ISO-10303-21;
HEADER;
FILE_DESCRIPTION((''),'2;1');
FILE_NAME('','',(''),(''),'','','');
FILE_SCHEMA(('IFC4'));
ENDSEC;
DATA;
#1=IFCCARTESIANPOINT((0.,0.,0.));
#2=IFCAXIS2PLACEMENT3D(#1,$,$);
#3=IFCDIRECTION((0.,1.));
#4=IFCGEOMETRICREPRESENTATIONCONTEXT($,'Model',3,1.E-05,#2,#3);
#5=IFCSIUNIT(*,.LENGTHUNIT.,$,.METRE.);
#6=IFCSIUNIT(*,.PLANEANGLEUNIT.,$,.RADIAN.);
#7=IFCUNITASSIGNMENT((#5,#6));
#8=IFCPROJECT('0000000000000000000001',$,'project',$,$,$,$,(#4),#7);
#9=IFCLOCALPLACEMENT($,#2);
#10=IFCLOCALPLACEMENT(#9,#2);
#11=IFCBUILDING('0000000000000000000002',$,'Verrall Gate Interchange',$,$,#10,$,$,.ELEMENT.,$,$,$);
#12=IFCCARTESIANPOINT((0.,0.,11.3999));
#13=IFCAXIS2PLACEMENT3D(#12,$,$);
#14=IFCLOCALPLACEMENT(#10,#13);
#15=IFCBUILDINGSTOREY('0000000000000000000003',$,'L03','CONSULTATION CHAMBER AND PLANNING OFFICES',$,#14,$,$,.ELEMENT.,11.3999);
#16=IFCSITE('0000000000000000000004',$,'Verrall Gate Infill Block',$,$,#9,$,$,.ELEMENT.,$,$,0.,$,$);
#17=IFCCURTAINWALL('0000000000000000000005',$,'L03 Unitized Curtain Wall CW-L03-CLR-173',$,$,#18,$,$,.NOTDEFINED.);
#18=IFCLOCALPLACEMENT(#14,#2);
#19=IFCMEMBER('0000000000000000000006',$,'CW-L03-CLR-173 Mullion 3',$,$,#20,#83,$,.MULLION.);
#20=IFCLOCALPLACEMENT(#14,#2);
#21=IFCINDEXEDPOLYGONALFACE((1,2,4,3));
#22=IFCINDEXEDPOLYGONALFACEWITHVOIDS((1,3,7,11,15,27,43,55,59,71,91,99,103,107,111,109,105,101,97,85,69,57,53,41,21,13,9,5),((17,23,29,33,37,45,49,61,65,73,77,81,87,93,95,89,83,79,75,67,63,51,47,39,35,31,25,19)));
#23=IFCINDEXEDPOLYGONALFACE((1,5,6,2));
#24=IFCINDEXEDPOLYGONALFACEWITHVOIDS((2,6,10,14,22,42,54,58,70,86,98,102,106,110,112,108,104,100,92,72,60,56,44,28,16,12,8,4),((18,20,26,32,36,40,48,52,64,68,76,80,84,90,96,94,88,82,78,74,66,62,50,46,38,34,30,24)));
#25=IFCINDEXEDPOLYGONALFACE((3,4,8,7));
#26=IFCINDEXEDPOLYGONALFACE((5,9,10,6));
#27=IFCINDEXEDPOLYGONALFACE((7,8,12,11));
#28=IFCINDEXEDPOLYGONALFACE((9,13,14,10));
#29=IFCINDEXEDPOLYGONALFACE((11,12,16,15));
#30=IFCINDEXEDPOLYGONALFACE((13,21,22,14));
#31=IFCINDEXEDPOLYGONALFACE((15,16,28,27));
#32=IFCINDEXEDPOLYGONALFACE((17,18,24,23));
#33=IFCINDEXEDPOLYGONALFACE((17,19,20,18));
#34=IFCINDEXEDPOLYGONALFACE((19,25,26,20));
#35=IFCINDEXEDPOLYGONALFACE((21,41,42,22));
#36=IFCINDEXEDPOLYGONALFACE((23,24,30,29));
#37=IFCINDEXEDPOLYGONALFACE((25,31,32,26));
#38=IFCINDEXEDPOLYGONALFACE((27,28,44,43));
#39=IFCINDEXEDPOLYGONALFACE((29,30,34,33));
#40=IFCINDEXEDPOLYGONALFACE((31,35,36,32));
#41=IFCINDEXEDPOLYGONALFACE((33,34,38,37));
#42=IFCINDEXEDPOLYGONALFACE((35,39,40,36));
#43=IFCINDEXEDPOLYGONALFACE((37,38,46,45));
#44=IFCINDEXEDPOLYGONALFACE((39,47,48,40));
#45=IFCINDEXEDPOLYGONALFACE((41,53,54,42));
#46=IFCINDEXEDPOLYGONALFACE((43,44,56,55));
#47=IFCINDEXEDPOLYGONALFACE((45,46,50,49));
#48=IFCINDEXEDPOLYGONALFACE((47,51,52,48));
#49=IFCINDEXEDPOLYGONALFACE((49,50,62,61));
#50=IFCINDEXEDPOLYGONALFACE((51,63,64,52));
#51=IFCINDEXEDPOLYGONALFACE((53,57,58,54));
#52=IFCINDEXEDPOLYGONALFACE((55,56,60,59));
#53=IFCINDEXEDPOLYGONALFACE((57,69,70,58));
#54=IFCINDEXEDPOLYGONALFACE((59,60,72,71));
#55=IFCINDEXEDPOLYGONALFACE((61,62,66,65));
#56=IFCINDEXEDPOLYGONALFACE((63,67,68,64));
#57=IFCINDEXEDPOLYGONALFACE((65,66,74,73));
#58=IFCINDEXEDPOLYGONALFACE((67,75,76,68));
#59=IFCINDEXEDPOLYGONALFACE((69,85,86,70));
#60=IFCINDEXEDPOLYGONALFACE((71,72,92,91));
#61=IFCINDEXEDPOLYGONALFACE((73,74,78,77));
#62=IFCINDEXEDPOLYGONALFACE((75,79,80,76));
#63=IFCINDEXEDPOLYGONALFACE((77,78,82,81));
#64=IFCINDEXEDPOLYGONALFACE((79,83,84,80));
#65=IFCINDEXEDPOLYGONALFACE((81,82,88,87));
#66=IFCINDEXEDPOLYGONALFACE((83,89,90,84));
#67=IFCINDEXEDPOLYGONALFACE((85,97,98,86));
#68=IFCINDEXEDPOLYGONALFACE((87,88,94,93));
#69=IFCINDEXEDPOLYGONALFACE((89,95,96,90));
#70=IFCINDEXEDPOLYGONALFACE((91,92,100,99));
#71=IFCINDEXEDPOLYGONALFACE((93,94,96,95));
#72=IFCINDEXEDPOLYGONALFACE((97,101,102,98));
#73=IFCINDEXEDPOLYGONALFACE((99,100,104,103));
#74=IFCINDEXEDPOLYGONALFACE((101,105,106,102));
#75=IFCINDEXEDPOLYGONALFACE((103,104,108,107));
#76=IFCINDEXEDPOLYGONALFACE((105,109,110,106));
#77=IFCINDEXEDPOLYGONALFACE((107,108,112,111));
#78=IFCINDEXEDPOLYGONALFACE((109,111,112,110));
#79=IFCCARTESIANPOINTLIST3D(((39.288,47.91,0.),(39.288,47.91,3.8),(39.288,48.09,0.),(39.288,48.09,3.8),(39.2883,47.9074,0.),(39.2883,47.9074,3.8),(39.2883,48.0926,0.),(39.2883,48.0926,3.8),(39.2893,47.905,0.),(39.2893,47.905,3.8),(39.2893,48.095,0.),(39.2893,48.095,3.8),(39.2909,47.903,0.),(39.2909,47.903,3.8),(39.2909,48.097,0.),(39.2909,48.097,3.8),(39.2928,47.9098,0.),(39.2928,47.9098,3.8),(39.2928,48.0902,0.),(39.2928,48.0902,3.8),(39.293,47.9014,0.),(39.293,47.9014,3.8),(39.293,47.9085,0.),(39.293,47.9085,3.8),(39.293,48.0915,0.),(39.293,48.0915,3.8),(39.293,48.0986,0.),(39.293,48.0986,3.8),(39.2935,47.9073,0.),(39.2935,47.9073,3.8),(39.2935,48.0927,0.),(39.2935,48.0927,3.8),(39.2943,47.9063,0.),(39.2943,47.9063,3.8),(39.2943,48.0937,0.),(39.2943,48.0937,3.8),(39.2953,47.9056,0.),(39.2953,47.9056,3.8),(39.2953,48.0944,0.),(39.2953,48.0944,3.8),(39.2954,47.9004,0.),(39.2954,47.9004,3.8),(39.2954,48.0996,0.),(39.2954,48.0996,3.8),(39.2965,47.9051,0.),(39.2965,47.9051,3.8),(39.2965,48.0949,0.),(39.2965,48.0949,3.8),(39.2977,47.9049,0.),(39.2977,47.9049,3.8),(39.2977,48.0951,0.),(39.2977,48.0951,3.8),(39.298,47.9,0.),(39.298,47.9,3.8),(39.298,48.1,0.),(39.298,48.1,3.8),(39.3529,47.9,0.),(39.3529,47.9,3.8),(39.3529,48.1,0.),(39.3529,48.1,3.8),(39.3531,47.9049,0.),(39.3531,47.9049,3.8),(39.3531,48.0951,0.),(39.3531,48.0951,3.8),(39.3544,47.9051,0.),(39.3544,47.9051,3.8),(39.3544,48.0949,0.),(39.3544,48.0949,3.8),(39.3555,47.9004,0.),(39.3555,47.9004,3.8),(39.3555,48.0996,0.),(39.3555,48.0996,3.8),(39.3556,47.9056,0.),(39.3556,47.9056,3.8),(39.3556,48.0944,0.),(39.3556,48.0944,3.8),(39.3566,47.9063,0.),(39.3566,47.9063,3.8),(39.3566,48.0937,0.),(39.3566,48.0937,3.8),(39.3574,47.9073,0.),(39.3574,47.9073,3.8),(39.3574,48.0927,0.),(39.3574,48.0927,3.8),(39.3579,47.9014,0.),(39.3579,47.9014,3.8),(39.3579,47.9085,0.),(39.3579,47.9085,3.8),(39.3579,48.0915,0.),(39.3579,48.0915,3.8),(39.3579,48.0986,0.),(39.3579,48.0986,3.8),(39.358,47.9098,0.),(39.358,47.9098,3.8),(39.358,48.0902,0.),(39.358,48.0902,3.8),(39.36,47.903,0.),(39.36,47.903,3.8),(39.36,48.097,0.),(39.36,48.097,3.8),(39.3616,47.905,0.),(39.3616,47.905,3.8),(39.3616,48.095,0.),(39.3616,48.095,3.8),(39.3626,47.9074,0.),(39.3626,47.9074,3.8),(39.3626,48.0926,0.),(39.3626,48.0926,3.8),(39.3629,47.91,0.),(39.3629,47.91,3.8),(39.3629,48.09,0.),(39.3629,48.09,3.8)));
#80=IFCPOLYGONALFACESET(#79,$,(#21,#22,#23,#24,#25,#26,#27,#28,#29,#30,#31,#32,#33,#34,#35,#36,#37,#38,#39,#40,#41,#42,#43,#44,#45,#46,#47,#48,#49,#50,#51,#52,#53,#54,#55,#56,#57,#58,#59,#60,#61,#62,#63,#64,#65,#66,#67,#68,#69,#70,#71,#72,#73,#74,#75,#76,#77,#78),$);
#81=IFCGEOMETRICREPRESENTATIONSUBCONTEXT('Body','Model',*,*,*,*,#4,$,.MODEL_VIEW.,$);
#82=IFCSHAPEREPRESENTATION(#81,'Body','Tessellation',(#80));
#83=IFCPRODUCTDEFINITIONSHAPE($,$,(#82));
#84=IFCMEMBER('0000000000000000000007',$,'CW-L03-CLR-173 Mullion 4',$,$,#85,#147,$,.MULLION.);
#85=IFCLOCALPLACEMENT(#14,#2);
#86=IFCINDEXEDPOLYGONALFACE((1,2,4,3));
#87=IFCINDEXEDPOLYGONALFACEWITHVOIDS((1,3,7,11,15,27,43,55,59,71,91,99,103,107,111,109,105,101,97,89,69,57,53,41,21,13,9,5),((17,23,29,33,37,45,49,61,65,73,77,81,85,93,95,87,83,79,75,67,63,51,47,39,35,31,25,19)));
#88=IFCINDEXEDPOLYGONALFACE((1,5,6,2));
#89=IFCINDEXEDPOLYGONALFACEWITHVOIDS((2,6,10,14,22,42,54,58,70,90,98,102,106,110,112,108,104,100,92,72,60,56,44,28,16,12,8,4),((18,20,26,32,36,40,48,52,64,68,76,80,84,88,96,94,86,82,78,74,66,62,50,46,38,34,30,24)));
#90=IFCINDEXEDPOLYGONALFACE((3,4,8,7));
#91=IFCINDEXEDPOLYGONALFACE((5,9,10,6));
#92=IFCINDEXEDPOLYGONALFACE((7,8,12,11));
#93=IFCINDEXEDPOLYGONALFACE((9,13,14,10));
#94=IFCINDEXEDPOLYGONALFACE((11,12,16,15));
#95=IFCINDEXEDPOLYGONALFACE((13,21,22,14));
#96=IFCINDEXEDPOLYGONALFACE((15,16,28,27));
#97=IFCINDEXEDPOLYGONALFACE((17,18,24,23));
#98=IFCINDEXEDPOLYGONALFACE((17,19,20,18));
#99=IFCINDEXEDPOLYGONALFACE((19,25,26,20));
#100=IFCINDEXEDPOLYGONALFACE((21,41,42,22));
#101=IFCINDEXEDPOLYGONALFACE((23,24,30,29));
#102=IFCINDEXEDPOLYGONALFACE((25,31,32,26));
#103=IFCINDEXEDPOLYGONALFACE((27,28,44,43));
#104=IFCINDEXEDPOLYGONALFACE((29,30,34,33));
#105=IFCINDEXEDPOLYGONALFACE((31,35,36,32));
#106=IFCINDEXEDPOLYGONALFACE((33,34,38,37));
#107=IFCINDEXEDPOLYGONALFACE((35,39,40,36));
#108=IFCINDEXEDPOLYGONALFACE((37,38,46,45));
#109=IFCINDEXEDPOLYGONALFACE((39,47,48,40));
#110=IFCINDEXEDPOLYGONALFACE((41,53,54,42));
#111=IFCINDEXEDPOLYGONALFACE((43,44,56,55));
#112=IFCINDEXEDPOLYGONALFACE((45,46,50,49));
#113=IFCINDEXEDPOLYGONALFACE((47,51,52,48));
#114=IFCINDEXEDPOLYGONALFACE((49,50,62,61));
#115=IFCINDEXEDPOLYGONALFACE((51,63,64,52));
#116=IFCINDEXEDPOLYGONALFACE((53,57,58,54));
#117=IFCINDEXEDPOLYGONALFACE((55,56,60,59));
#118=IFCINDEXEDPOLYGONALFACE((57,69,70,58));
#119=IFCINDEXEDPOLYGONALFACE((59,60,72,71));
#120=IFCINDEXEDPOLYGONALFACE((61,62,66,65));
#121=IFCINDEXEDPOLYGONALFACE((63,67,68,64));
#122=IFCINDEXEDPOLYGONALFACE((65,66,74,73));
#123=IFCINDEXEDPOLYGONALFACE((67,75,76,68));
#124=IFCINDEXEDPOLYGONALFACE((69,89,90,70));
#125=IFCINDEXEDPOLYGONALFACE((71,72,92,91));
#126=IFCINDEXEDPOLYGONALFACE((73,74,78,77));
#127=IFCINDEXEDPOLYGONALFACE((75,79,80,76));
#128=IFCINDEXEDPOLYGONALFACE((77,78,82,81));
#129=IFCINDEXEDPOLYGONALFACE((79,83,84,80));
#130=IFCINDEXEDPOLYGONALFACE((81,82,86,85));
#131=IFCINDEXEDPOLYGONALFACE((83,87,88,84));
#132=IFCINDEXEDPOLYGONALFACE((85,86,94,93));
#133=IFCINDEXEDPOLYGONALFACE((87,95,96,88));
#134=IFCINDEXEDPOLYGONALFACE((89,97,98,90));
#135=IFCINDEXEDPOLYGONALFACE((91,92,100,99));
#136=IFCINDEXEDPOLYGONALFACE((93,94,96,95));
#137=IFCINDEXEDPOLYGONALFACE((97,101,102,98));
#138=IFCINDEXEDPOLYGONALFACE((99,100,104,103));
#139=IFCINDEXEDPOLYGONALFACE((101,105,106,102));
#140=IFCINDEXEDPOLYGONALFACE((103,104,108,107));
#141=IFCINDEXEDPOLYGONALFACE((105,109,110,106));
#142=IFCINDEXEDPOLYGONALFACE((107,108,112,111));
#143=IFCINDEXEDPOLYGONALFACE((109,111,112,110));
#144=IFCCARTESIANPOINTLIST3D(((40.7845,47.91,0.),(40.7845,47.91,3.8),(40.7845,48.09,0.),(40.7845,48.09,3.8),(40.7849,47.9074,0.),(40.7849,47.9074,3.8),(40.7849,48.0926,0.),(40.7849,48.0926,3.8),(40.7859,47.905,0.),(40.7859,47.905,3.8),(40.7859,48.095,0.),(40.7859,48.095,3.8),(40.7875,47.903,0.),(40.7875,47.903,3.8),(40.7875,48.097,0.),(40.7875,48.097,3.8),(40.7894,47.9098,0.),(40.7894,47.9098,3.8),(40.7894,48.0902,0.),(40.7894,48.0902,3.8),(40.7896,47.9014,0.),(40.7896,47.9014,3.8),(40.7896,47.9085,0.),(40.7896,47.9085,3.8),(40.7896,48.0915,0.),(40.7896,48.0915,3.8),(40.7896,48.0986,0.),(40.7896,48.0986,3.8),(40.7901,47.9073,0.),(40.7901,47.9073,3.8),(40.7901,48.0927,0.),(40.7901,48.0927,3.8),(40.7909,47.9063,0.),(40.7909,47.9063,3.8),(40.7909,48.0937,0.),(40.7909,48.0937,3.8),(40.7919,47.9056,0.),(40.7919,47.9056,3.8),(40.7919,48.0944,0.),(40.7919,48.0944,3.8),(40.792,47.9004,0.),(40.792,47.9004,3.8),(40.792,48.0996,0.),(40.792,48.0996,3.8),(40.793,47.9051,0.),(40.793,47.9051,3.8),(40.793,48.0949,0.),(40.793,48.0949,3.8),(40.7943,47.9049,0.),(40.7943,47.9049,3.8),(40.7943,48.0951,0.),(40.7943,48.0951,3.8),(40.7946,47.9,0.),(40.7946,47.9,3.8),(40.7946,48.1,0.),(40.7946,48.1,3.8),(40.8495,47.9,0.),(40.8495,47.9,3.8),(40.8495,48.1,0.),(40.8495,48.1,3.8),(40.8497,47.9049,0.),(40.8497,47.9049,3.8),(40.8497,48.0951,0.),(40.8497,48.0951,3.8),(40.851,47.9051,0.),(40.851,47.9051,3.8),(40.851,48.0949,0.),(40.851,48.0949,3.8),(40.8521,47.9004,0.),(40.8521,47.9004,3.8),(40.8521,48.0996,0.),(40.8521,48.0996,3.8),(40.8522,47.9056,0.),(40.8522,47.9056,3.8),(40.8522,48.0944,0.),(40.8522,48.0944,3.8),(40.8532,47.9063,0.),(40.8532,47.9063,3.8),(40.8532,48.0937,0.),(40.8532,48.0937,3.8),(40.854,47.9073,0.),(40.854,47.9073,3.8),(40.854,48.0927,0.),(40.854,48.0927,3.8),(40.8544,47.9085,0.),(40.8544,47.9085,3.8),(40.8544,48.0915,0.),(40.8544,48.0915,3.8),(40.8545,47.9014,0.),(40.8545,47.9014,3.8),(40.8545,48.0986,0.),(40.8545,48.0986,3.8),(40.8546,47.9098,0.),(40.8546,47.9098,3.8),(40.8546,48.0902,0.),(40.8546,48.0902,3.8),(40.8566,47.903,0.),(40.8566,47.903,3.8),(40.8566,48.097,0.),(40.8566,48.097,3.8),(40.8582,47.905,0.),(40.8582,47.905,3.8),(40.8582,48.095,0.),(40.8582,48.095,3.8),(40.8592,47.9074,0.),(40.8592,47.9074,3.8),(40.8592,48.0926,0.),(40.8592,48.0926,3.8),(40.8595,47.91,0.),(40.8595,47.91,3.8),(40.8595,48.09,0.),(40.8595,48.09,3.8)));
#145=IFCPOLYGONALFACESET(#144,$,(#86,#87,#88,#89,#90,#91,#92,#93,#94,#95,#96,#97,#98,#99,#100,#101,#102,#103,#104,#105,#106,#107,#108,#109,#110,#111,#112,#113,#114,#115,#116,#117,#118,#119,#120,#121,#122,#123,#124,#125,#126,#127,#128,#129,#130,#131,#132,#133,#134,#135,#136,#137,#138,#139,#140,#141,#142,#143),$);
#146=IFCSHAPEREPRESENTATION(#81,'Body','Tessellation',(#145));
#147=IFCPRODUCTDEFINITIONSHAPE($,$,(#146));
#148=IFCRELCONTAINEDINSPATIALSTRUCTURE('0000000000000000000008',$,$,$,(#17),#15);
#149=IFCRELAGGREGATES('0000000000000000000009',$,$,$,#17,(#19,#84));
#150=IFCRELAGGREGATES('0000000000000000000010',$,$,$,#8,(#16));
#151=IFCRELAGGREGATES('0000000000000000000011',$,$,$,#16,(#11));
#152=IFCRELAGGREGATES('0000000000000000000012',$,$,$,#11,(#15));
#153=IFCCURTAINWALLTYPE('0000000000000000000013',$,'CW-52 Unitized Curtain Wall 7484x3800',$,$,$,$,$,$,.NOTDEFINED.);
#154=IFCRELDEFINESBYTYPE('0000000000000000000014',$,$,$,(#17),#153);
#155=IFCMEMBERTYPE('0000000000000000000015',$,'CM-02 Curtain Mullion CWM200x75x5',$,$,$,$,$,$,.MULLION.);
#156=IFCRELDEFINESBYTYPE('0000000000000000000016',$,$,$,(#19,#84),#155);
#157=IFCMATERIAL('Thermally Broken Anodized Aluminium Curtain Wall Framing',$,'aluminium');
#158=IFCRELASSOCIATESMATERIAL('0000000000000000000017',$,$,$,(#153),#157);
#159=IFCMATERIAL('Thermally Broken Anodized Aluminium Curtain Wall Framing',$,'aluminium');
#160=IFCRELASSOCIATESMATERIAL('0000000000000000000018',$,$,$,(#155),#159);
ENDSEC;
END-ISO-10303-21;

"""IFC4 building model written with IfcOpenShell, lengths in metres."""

from ifc_helpers import new_model, si_unit, direction, frame, origin, origin_2d, place, context, subcontext, project, spatial, hollow_rectangle, extrude, material, material_profile, profile_set, type_object, element, aggregate, save


model = new_model("IFC4")

# Units and contexts
model_context = context("Model", 3, precision=1e-05, world=origin(), true_north=direction((0.0, 1.0)))
body_context = subcontext(model_context, "Body", "Model", "MODEL_VIEW")
ifc_project = project(units=[si_unit("LENGTHUNIT", "METRE"), si_unit("PLANEANGLEUNIT", "RADIAN")], contexts=[model_context])

# Site, building, storey
site_placement = place(None, origin())
site = spatial("IfcSite", under=ifc_project, at=site_placement, Name="Verrall Gate Infill Block", CompositionType="ELEMENT", RefElevation=0.0)
building_placement = place(site_placement, origin())
building = spatial("IfcBuilding", under=site, at=building_placement, Name="Verrall Gate Interchange", CompositionType="ELEMENT")
storey_placement = place(building_placement, frame((0.0, 0.0, 11.3999)))
storey = spatial("IfcBuildingStorey", under=building, at=storey_placement, Name="L03", Description="CONSULTATION CHAMBER AND PLANNING OFFICES", CompositionType="ELEMENT", Elevation=11.3999)

# Curtain wall, members
ifc_material_1 = material(Name="Thermally Broken Anodized Aluminium Curtain Wall Framing", Category="aluminium")
curtain_wall_type = type_object("IfcCurtainWallType", Name="CW-52 Unitized Curtain Wall 7484x3800", PredefinedType="NOTDEFINED", material=ifc_material_1)
curtain_wall_placement = place(storey_placement, origin())
curtain_wall = element("IfcCurtainWall", 1, at=curtain_wall_placement, inside=storey, type_object=curtain_wall_type, Name="L03 Unitized Curtain Wall CW-L03-CLR-173", PredefinedType="NOTDEFINED")
ifc_material_2 = material(Name="Thermally Broken Anodized Aluminium Curtain Wall Framing", Category="aluminium")
ifc_material_profile_1 = material_profile(ifc_material_2, hollow_rectangle(XDim=0.075, YDim=0.2, WallThickness=0.0049, InnerFilletRadius=0.0049, OuterFilletRadius=0.01, at=origin_2d()), Name="CWM200x75x5")
ifc_profile_set_1 = profile_set([ifc_material_profile_1], Name="Thermally Broken Anodized Aluminium Curtain Wall Framing")
member_type_1 = type_object("IfcMemberType", Name="CM-02 Curtain Mullion CWM200x75x5", PredefinedType="MULLION", material=ifc_profile_set_1)
member_1_placement = place(storey_placement, frame((39.3254, 48.0, 0.0), z_axis=(0.0, 0.0, 1.0), x_axis=(1.0, 0.0, 0.0)))
member_1 = element("IfcMember", 2, at=member_1_placement, type_object=member_type_1, Name="CW-L03-CLR-173 Mullion 3", PredefinedType="MULLION", context=body_context, shape_type="SweptSolid", body=[
    extrude(hollow_rectangle(XDim=0.075, YDim=0.2, WallThickness=0.0049, InnerFilletRadius=0.0049, OuterFilletRadius=0.01, at=origin_2d()), origin(), (0.0, 0.0, 1.0), 3.8),
])
member_2_placement = place(storey_placement, frame((40.822, 48.0, 0.0), z_axis=(0.0, 0.0, 1.0), x_axis=(1.0, 0.0, 0.0)))
member_2 = element("IfcMember", 3, at=member_2_placement, type_object=member_type_1, Name="CW-L03-CLR-173 Mullion 4", PredefinedType="MULLION", context=body_context, shape_type="SweptSolid", body=[
    extrude(hollow_rectangle(XDim=0.075, YDim=0.2, WallThickness=0.0049, InnerFilletRadius=0.0049, OuterFilletRadius=0.01, at=origin_2d()), origin(), (0.0, 0.0, 1.0), 3.8),
])

aggregate(curtain_wall, [member_1, member_2])

save(model, "model.ifc")
